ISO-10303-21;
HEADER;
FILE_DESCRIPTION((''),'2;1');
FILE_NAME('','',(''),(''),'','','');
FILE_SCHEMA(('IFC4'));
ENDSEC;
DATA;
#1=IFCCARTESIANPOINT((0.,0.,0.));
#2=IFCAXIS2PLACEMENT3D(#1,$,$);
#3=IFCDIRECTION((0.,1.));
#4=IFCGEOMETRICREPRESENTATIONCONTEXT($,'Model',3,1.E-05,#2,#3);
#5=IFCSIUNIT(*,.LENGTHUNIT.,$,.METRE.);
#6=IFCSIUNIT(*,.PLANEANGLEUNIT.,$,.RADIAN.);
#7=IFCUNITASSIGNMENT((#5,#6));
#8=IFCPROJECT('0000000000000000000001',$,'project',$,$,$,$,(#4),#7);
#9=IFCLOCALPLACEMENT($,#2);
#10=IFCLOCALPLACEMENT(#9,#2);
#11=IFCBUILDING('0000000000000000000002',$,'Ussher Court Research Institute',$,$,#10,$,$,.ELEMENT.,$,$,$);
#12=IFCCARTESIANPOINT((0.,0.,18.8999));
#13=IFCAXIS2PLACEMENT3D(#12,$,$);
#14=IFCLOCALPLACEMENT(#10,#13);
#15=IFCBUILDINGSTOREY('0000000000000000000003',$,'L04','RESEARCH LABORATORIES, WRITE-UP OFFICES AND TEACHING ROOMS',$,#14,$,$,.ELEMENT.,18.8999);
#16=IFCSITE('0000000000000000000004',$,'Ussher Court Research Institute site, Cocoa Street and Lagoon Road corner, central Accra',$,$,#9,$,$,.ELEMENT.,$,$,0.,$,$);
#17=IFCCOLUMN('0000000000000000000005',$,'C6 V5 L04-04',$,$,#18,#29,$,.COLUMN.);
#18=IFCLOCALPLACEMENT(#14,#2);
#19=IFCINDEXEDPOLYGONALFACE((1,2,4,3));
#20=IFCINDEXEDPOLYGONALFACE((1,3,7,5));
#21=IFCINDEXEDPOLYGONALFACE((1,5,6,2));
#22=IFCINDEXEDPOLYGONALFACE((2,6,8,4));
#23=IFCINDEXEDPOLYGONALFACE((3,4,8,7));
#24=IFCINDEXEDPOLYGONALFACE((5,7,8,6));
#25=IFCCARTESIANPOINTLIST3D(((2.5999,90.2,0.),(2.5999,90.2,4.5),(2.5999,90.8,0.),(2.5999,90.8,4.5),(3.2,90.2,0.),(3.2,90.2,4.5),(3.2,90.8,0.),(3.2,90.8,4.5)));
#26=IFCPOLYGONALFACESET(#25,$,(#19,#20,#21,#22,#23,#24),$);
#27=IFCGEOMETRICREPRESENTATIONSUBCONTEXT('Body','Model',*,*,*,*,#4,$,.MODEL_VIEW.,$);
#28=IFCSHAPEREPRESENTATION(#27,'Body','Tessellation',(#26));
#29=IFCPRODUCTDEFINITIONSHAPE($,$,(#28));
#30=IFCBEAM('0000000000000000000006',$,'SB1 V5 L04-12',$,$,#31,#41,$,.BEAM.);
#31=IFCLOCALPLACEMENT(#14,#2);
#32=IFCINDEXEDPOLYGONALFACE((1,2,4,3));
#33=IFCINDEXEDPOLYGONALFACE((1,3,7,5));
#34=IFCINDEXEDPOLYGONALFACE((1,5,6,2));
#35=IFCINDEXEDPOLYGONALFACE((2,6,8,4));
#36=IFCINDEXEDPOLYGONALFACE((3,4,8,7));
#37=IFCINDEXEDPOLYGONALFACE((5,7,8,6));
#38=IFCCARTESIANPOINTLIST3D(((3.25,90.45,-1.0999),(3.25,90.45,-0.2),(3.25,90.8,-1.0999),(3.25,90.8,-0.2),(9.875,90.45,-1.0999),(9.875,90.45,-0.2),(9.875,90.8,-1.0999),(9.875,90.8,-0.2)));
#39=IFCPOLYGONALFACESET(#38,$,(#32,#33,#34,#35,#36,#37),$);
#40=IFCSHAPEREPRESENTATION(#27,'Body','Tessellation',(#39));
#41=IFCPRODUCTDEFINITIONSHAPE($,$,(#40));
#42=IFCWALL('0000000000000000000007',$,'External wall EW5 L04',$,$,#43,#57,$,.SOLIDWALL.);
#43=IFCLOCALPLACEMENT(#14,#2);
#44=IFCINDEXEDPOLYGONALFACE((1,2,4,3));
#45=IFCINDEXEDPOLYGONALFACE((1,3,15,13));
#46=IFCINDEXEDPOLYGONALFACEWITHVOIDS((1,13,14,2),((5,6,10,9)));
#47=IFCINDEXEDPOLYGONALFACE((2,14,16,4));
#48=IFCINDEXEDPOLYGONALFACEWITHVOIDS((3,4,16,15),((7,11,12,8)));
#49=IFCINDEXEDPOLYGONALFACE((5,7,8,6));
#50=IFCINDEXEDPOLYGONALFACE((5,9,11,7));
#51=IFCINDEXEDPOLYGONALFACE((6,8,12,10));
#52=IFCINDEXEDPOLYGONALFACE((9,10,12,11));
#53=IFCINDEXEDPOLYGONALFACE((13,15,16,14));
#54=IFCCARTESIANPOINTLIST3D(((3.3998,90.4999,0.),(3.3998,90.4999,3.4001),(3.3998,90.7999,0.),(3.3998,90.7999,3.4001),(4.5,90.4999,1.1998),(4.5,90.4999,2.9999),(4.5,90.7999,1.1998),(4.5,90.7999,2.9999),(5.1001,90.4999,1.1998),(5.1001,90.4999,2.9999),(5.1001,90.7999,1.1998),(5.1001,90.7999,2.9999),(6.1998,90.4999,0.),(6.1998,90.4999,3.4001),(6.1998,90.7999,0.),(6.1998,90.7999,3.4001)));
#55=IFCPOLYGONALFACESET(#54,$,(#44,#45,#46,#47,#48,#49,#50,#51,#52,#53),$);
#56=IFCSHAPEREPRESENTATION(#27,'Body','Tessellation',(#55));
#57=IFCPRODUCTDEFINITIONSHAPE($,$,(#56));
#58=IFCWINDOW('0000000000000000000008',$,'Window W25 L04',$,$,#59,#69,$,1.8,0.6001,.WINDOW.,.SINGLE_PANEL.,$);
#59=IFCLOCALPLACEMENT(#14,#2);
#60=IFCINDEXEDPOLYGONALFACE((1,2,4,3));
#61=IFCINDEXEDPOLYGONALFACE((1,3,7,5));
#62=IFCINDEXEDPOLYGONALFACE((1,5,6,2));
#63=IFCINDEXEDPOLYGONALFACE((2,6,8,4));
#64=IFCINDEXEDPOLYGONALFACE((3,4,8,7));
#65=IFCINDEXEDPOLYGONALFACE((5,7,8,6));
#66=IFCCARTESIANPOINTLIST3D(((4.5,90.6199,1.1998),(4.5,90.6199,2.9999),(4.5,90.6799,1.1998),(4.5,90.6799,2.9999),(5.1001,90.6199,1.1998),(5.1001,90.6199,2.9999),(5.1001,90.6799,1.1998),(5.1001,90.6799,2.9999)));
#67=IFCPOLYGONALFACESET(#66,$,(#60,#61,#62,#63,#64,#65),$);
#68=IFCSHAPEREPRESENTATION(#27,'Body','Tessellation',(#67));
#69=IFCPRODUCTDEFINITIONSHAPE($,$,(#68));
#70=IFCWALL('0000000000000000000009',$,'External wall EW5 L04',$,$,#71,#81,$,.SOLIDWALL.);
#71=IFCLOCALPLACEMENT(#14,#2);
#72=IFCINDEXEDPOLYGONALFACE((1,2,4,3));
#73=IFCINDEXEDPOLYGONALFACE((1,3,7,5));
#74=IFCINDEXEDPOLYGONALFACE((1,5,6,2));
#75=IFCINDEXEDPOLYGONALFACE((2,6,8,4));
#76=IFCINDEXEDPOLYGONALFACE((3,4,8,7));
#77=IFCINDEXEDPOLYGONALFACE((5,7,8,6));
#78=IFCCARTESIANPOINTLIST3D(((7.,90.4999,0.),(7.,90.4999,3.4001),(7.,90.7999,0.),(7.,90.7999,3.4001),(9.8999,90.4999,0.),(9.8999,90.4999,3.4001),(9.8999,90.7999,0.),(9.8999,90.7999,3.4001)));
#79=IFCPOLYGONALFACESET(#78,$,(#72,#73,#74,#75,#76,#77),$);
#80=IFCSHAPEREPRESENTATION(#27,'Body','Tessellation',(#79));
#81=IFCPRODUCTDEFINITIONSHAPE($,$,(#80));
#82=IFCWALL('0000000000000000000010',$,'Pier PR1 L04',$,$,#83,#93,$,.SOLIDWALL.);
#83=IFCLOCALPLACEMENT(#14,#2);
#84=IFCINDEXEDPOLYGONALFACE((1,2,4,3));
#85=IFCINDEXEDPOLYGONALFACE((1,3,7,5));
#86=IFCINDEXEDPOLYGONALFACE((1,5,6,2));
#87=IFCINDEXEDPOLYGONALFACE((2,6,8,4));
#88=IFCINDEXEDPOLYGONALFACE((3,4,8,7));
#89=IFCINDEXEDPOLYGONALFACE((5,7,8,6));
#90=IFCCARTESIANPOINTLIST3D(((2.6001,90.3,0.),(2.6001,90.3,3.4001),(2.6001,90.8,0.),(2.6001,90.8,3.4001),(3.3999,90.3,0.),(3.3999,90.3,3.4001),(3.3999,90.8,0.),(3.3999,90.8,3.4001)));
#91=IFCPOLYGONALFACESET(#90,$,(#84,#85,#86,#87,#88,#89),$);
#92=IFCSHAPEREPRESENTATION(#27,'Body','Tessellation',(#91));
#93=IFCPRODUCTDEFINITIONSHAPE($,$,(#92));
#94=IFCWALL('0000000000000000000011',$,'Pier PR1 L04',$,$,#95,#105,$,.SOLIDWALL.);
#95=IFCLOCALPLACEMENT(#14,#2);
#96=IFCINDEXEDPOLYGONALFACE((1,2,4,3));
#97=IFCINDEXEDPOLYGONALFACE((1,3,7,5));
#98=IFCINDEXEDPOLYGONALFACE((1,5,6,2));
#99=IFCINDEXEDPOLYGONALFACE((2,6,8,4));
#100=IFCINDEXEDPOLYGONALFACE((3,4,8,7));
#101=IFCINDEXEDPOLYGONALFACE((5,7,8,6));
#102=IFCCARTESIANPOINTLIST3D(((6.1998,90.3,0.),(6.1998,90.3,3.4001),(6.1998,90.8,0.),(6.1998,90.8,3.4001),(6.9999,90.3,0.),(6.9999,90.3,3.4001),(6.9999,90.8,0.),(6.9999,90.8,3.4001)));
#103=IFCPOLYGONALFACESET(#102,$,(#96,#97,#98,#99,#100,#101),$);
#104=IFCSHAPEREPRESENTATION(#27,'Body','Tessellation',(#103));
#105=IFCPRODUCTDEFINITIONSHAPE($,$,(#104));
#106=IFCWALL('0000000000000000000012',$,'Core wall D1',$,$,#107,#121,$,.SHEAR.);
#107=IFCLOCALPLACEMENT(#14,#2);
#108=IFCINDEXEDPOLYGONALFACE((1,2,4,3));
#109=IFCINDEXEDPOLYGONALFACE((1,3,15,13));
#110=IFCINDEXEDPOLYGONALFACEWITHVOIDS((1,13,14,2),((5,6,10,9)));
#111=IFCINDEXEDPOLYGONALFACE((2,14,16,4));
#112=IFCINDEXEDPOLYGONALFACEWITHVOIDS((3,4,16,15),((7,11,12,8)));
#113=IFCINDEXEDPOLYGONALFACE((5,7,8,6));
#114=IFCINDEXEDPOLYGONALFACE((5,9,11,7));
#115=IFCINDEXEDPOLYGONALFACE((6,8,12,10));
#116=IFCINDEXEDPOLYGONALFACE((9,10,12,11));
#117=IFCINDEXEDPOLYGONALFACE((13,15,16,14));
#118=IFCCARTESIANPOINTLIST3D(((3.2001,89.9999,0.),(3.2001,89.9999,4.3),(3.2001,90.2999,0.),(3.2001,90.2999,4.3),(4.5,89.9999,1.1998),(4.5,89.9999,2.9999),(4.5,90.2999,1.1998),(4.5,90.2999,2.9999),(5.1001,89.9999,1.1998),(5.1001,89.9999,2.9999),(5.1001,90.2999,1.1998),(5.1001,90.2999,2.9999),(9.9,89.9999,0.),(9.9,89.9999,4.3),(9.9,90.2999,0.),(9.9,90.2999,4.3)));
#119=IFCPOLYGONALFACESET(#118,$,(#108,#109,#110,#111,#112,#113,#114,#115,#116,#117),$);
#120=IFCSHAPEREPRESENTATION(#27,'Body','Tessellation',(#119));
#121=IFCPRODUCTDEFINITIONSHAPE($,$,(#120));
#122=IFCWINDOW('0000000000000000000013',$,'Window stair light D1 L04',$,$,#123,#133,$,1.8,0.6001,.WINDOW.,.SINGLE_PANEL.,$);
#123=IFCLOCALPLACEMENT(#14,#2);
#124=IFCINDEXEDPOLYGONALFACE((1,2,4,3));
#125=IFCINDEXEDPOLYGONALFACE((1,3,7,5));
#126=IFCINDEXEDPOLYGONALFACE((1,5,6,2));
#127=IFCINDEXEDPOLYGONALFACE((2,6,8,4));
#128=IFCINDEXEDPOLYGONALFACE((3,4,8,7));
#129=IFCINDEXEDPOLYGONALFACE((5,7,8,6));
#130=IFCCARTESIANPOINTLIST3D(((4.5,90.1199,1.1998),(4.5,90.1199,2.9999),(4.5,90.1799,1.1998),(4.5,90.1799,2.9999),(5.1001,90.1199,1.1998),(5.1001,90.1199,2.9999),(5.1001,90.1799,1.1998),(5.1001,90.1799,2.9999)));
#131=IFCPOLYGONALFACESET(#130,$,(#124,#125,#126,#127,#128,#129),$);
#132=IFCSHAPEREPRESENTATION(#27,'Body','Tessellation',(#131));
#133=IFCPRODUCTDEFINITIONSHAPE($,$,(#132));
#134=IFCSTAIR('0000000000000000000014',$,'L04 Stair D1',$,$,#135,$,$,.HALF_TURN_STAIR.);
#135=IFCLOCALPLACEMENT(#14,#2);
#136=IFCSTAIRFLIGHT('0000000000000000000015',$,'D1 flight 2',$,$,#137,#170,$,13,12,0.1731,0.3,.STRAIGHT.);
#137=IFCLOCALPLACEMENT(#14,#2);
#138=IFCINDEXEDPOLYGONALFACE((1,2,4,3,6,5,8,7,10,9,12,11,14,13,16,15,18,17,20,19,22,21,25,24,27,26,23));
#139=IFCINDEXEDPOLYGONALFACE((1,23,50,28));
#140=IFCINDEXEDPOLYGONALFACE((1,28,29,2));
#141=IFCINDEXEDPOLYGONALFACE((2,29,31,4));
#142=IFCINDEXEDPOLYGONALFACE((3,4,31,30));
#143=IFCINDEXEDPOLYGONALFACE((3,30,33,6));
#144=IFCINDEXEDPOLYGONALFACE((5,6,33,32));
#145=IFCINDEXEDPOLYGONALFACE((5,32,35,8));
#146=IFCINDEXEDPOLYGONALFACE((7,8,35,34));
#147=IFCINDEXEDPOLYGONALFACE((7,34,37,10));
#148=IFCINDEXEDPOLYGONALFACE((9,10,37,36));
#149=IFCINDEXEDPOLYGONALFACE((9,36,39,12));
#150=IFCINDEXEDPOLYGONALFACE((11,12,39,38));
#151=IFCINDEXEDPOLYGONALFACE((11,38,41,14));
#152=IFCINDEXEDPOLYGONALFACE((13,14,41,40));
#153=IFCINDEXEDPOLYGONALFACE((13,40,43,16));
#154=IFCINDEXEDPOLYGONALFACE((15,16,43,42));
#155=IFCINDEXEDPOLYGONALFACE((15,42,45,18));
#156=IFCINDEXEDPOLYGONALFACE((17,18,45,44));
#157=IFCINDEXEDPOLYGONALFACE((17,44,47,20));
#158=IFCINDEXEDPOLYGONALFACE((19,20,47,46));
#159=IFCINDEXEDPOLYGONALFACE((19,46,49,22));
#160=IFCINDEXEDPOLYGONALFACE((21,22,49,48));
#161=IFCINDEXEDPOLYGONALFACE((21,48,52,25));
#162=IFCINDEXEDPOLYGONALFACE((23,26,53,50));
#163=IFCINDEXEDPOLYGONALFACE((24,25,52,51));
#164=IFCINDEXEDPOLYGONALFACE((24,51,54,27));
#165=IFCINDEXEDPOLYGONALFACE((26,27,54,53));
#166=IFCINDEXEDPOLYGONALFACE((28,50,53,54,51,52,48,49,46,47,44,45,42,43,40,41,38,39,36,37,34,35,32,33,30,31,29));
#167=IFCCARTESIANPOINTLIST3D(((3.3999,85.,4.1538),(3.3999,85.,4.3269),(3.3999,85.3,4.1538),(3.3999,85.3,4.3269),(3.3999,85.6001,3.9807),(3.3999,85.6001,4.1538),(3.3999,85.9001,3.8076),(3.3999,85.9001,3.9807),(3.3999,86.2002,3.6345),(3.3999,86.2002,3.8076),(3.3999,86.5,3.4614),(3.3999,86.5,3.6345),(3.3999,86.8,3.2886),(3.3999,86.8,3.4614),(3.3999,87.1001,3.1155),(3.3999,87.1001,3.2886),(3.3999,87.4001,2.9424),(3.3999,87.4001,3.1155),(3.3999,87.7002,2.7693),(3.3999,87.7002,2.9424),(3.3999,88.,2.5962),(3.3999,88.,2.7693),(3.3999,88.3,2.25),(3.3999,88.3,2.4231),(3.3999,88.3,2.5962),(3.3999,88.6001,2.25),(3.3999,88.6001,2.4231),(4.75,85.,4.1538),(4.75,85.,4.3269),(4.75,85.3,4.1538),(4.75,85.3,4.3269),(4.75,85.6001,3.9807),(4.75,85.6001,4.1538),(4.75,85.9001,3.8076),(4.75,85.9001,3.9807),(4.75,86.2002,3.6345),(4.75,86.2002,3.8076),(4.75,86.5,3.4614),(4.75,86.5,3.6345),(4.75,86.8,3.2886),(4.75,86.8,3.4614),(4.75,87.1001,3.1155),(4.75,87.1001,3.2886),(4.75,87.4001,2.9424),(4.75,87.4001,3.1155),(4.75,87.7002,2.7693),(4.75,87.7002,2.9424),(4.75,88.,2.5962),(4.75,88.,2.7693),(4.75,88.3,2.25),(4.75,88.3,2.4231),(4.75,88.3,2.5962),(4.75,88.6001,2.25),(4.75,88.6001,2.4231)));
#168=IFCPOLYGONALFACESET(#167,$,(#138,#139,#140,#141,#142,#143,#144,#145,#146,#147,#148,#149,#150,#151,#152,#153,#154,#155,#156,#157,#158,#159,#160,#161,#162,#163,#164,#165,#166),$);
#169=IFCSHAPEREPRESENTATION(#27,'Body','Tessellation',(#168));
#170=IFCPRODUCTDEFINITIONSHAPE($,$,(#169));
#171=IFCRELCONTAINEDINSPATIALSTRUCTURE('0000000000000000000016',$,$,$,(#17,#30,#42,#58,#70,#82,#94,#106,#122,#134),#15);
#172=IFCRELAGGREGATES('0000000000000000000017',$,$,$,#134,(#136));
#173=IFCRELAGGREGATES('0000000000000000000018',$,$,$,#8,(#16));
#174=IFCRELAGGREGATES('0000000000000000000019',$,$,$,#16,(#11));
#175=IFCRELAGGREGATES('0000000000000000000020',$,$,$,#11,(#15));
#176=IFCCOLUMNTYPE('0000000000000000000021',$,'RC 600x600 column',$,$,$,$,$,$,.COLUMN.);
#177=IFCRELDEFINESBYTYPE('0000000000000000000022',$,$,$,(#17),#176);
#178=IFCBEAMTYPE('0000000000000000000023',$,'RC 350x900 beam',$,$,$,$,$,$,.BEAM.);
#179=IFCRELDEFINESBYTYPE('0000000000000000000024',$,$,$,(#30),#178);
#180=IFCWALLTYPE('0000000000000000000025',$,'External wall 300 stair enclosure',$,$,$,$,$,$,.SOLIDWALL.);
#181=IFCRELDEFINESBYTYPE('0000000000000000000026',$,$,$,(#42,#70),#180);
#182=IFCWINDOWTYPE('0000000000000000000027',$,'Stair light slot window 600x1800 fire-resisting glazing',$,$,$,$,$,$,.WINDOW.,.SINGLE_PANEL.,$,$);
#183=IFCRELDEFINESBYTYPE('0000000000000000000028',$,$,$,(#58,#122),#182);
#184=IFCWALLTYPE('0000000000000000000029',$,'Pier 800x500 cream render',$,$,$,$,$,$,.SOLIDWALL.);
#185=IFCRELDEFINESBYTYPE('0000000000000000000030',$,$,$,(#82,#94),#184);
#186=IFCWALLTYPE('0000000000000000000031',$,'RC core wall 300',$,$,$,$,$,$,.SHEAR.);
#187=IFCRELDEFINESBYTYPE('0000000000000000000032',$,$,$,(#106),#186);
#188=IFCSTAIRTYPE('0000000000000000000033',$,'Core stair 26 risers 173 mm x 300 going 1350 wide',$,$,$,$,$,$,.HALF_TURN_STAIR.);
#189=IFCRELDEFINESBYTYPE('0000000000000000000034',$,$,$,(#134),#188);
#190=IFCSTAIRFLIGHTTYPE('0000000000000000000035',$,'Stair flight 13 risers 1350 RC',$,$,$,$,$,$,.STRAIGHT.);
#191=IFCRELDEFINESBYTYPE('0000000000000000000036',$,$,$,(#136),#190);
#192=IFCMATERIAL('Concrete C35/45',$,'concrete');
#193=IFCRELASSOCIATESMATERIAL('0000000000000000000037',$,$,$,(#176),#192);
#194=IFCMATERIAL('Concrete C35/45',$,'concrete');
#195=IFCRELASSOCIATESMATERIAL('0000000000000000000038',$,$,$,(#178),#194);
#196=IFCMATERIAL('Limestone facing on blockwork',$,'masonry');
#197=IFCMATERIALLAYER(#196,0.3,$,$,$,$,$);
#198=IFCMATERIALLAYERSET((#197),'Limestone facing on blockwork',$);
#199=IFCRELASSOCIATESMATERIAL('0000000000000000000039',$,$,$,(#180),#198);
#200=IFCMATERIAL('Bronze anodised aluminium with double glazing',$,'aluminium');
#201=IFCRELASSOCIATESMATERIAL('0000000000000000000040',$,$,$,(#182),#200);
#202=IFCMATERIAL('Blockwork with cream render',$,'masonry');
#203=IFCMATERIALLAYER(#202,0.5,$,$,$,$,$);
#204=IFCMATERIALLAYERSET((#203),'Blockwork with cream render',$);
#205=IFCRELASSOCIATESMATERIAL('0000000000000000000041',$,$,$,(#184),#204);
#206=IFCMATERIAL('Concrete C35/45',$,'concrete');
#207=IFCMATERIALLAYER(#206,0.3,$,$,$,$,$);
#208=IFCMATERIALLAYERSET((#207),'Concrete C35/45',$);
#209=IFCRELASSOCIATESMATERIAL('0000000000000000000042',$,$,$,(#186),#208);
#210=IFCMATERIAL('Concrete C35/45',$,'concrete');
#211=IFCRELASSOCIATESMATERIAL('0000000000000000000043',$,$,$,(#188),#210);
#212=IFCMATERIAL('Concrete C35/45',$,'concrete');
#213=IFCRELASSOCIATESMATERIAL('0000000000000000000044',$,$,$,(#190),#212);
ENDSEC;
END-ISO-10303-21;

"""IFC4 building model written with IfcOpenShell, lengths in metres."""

from ifc_helpers import new_model, si_unit, direction, frame, frame_2d, origin, origin_2d, place, context, subcontext, project, spatial, polyline, rectangle, outline, extrude, material, layer, layer_set, material_profile, profile_set, type_object, element, fill, aggregate, save


model = new_model("IFC4")

# Units and contexts
model_context = context("Model", 3, precision=1e-05, world=origin(), true_north=direction((0.0, 1.0)))
body_context = subcontext(model_context, "Body", "Model", "MODEL_VIEW")
ifc_project = project(units=[si_unit("LENGTHUNIT", "METRE"), si_unit("PLANEANGLEUNIT", "RADIAN")], contexts=[model_context])

# Site, building, storey
site_placement = place(None, origin())
site = spatial("IfcSite", under=ifc_project, at=site_placement, Name="Ussher Court Research Institute site, Cocoa Street and Lagoon Road corner, central Accra", CompositionType="ELEMENT", RefElevation=0.0)
building_placement = place(site_placement, origin())
building = spatial("IfcBuilding", under=site, at=building_placement, Name="Ussher Court Research Institute", CompositionType="ELEMENT")
storey_placement = place(building_placement, frame((0.0, 0.0, 18.8999)))
storey = spatial("IfcBuildingStorey", under=building, at=storey_placement, Name="L04", Description="RESEARCH LABORATORIES, WRITE-UP OFFICES AND TEACHING ROOMS", CompositionType="ELEMENT", Elevation=18.8999)

# Column
ifc_material_1 = material(Name="Concrete C35/45", Category="concrete")
ifc_material_profile_1 = material_profile(ifc_material_1, rectangle(XDim=0.6001, YDim=0.6001, at=origin_2d()), Name="RC 600x600")
ifc_profile_set_1 = profile_set([ifc_material_profile_1], Name="Concrete C35/45")
column_type = type_object("IfcColumnType", Name="RC 600x600 column", PredefinedType="COLUMN", material=ifc_profile_set_1)
column_placement = place(storey_placement, frame((2.8999, 90.5, 0.0), z_axis=(0.0, 0.0, 1.0), x_axis=(1.0, 0.0, 0.0)))
element("IfcColumn", 1, at=column_placement, inside=storey, type_object=column_type, Name="C6 V5 L04-04", PredefinedType="COLUMN", context=body_context, shape_type="SweptSolid", body=[
    extrude(rectangle(XDim=0.6001, YDim=0.6001, at=origin_2d()), origin(), (0.0, 0.0, 1.0), 4.5),
])

# Beam
ifc_material_2 = material(Name="Concrete C35/45", Category="concrete")
ifc_material_profile_2 = material_profile(ifc_material_2, rectangle(XDim=0.3501, YDim=0.8999, at=origin_2d()), Name="RC 350x900")
ifc_profile_set_2 = profile_set([ifc_material_profile_2], Name="Concrete C35/45")
beam_type = type_object("IfcBeamType", Name="RC 350x900 beam", PredefinedType="BEAM", material=ifc_profile_set_2)
beam_placement = place(storey_placement, frame((3.25, 90.625, -0.6499), z_axis=(1.0, 0.0, 0.0), x_axis=(0.0, 1.0, 0.0)))
element("IfcBeam", 2, at=beam_placement, inside=storey, type_object=beam_type, Name="SB1 V5 L04-12", PredefinedType="BEAM", context=body_context, shape_type="SweptSolid", body=[
    extrude(rectangle(XDim=0.3501, YDim=0.8999, at=origin_2d()), origin(), (0.0, 0.0, 1.0), 6.625),
])

# Wall, opening, window
ifc_material_3 = material(Name="Limestone facing on blockwork", Category="masonry")
ifc_layer_1 = layer(ifc_material_3, 0.3)
ifc_layer_set_1 = layer_set([ifc_layer_1], Name="Limestone facing on blockwork")
wall_type_1 = type_object("IfcWallType", Name="External wall 300 stair enclosure", PredefinedType="SOLIDWALL", material=ifc_layer_set_1)
wall_1_placement = place(storey_placement, frame((3.3999, 90.6499, 0.0), z_axis=(0.0, 0.0, 1.0), x_axis=(1.0, 0.0, 0.0)))
wall_1 = element("IfcWall", 3, at=wall_1_placement, inside=storey, type_object=wall_type_1, Name="External wall EW5 L04", PredefinedType="SOLIDWALL", context=body_context, shape_type="SweptSolid", body=[
    extrude(rectangle(XDim=2.8, YDim=0.3, at=frame_2d((1.3999, 0.0))), origin(), (0.0, 0.0, 1.0), 3.4001),
])
opening_1_placement = place(wall_1_placement, frame((1.1001, 0.0, 1.2)))
opening_1 = element("IfcOpeningElement", 4, at=opening_1_placement, cuts=wall_1, PredefinedType="OPENING", context=body_context, shape_type="SweptSolid", body=[
    extrude(rectangle(XDim=0.6001, YDim=1.8, at=frame_2d((0.3, 0.8999))), frame((0.0, 0.1602, 0.0), z_axis=(0.0, -1.0, 0.0), x_axis=(1.0, 0.0, 0.0)), (0.0, 0.0, 1.0), 0.3201),
])
ifc_material_4 = material(Name="Bronze anodised aluminium with double glazing", Category="aluminium")
window_type = type_object("IfcWindowType", Name="Stair light slot window 600x1800 fire-resisting glazing", PartitioningType="SINGLE_PANEL", PredefinedType="WINDOW", material=ifc_material_4)
window_1_placement = place(opening_1_placement, origin())
window_1 = element("IfcWindow", 5, at=window_1_placement, inside=storey, type_object=window_type, Name="Window W25 L04", OverallHeight=1.8, OverallWidth=0.6001, PartitioningType="SINGLE_PANEL", PredefinedType="WINDOW", context=body_context, shape_type="SweptSolid", body=[
    extrude(rectangle(XDim=0.6001, YDim=1.8, at=frame_2d((0.3, 0.8999))), frame((0.0, 0.03, 0.0), z_axis=(0.0, -1.0, 0.0), x_axis=(1.0, 0.0, 0.0)), (0.0, 0.0, 1.0), 0.0601),
])
fill(opening_1, window_1)

# Walls
wall_2_placement = place(storey_placement, frame((7.0, 90.6499, 0.0), z_axis=(0.0, 0.0, 1.0), x_axis=(1.0, 0.0, 0.0)))
element("IfcWall", 6, at=wall_2_placement, inside=storey, type_object=wall_type_1, Name="External wall EW5 L04", PredefinedType="SOLIDWALL", context=body_context, shape_type="SweptSolid", body=[
    extrude(rectangle(XDim=2.8999, YDim=0.3, at=frame_2d((1.45, 0.0))), origin(), (0.0, 0.0, 1.0), 3.4001),
])
ifc_material_5 = material(Name="Blockwork with cream render", Category="masonry")
ifc_layer_2 = layer(ifc_material_5, 0.5)
ifc_layer_set_2 = layer_set([ifc_layer_2], Name="Blockwork with cream render")
wall_type_2 = type_object("IfcWallType", Name="Pier 800x500 cream render", PredefinedType="SOLIDWALL", material=ifc_layer_set_2)
wall_3_placement = place(storey_placement, frame((2.6001, 90.55, 0.0), z_axis=(0.0, 0.0, 1.0), x_axis=(1.0, 0.0, 0.0)))
element("IfcWall", 7, at=wall_3_placement, inside=storey, type_object=wall_type_2, Name="Pier PR1 L04", PredefinedType="SOLIDWALL", context=body_context, shape_type="SweptSolid", body=[
    extrude(rectangle(XDim=0.7998, YDim=0.5, at=frame_2d((0.3999, 0.0))), origin(), (0.0, 0.0, 1.0), 3.4001),
])
wall_4_placement = place(storey_placement, frame((6.2, 90.55, 0.0), z_axis=(0.0, 0.0, 1.0), x_axis=(1.0, 0.0, 0.0)))
element("IfcWall", 8, at=wall_4_placement, inside=storey, type_object=wall_type_2, Name="Pier PR1 L04", PredefinedType="SOLIDWALL", context=body_context, shape_type="SweptSolid", body=[
    extrude(rectangle(XDim=0.8, YDim=0.5, at=frame_2d((0.3999, 0.0))), origin(), (0.0, 0.0, 1.0), 3.4001),
])

# Wall, opening, window
ifc_material_6 = material(Name="Concrete C35/45", Category="concrete")
ifc_layer_3 = layer(ifc_material_6, 0.3)
ifc_layer_set_3 = layer_set([ifc_layer_3], Name="Concrete C35/45")
wall_type_3 = type_object("IfcWallType", Name="RC core wall 300", PredefinedType="SHEAR", material=ifc_layer_set_3)
wall_5_placement = place(storey_placement, frame((3.2, 90.1499, 0.0), z_axis=(0.0, 0.0, 1.0), x_axis=(1.0, 0.0, 0.0)))
wall_5 = element("IfcWall", 9, at=wall_5_placement, inside=storey, type_object=wall_type_3, Name="Core wall D1", PredefinedType="SHEAR", context=body_context, shape_type="SweptSolid", body=[
    extrude(rectangle(XDim=6.7, YDim=0.3, at=frame_2d((3.3501, 0.0))), origin(), (0.0, 0.0, 1.0), 4.3),
])
opening_2_placement = place(wall_5_placement, frame((1.3, 0.0, 1.2)))
opening_2 = element("IfcOpeningElement", 10, at=opening_2_placement, cuts=wall_5, PredefinedType="OPENING", context=body_context, shape_type="SweptSolid", body=[
    extrude(rectangle(XDim=0.6001, YDim=1.8, at=frame_2d((0.3, 0.8999))), frame((0.0, 0.1602, 0.0), z_axis=(0.0, -1.0, 0.0), x_axis=(1.0, 0.0, 0.0)), (0.0, 0.0, 1.0), 0.3201),
])
window_2_placement = place(opening_2_placement, origin())
window_2 = element("IfcWindow", 11, at=window_2_placement, inside=storey, type_object=window_type, Name="Window stair light D1 L04", OverallHeight=1.8, OverallWidth=0.6001, PartitioningType="SINGLE_PANEL", PredefinedType="WINDOW", context=body_context, shape_type="SweptSolid", body=[
    extrude(rectangle(XDim=0.6001, YDim=1.8, at=frame_2d((0.3, 0.8999))), frame((0.0, 0.03, 0.0), z_axis=(0.0, -1.0, 0.0), x_axis=(1.0, 0.0, 0.0)), (0.0, 0.0, 1.0), 0.0601),
])
fill(opening_2, window_2)

# Stair, stair flight
ifc_material_7 = material(Name="Concrete C35/45", Category="concrete")
stair_type = type_object("IfcStairType", Name="Core stair 26 risers 173 mm x 300 going 1350 wide", PredefinedType="HALF_TURN_STAIR", material=ifc_material_7)
stair_placement = place(storey_placement, origin())
stair = element("IfcStair", 12, at=stair_placement, inside=storey, type_object=stair_type, Name="L04 Stair D1", PredefinedType="HALF_TURN_STAIR")
ifc_material_8 = material(Name="Concrete C35/45", Category="concrete")
stair_flight_type = type_object("IfcStairFlightType", Name="Stair flight 13 risers 1350 RC", PredefinedType="STRAIGHT", material=ifc_material_8)
stair_flight_placement = place(storey_placement, frame((4.075, 88.6001, 2.25), z_axis=(0.0, 0.0, 1.0), x_axis=(0.0, -1.0, 0.0)))
stair_flight = element("IfcStairFlight", 13, at=stair_flight_placement, type_object=stair_flight_type, Name="D1 flight 2", NumberOfRisers=13, NumberOfTreads=12, PredefinedType="STRAIGHT", RiserHeight=0.1731, TreadLength=0.3, context=body_context, shape_type="SweptSolid", body=[
    extrude(outline(polyline([(0.0, 0.0), (0.0, 0.1731), (0.3, 0.1731), (0.3, 0.3462), (0.6001, 0.3462), (0.6001, 0.5193), (0.8999, 0.5193), (0.8999, 0.6924), (1.2, 0.6924), (1.2, 0.8655), (1.5, 0.8655), (1.5, 1.0386), (1.8, 1.0386), (1.8, 1.2114), (2.1001, 1.2114), (2.1001, 1.3845), (2.3999, 1.3845), (2.3999, 1.5576), (2.7, 1.5576), (2.7, 1.7307), (3.0, 1.7307), (3.0, 1.9038), (3.3, 1.9038), (3.3, 2.0769), (3.6001, 2.0769), (3.6001, 2.25), (3.6001, 1.9038), (0.3, 0.0), (0.0, 0.0)])), frame((0.0, 0.675, 0.0), z_axis=(0.0, -1.0, 0.0), x_axis=(1.0, 0.0, 0.0)), (0.0, 0.0, 1.0), 1.3501),
])
aggregate(stair, [stair_flight])

save(model, "model.ifc")
